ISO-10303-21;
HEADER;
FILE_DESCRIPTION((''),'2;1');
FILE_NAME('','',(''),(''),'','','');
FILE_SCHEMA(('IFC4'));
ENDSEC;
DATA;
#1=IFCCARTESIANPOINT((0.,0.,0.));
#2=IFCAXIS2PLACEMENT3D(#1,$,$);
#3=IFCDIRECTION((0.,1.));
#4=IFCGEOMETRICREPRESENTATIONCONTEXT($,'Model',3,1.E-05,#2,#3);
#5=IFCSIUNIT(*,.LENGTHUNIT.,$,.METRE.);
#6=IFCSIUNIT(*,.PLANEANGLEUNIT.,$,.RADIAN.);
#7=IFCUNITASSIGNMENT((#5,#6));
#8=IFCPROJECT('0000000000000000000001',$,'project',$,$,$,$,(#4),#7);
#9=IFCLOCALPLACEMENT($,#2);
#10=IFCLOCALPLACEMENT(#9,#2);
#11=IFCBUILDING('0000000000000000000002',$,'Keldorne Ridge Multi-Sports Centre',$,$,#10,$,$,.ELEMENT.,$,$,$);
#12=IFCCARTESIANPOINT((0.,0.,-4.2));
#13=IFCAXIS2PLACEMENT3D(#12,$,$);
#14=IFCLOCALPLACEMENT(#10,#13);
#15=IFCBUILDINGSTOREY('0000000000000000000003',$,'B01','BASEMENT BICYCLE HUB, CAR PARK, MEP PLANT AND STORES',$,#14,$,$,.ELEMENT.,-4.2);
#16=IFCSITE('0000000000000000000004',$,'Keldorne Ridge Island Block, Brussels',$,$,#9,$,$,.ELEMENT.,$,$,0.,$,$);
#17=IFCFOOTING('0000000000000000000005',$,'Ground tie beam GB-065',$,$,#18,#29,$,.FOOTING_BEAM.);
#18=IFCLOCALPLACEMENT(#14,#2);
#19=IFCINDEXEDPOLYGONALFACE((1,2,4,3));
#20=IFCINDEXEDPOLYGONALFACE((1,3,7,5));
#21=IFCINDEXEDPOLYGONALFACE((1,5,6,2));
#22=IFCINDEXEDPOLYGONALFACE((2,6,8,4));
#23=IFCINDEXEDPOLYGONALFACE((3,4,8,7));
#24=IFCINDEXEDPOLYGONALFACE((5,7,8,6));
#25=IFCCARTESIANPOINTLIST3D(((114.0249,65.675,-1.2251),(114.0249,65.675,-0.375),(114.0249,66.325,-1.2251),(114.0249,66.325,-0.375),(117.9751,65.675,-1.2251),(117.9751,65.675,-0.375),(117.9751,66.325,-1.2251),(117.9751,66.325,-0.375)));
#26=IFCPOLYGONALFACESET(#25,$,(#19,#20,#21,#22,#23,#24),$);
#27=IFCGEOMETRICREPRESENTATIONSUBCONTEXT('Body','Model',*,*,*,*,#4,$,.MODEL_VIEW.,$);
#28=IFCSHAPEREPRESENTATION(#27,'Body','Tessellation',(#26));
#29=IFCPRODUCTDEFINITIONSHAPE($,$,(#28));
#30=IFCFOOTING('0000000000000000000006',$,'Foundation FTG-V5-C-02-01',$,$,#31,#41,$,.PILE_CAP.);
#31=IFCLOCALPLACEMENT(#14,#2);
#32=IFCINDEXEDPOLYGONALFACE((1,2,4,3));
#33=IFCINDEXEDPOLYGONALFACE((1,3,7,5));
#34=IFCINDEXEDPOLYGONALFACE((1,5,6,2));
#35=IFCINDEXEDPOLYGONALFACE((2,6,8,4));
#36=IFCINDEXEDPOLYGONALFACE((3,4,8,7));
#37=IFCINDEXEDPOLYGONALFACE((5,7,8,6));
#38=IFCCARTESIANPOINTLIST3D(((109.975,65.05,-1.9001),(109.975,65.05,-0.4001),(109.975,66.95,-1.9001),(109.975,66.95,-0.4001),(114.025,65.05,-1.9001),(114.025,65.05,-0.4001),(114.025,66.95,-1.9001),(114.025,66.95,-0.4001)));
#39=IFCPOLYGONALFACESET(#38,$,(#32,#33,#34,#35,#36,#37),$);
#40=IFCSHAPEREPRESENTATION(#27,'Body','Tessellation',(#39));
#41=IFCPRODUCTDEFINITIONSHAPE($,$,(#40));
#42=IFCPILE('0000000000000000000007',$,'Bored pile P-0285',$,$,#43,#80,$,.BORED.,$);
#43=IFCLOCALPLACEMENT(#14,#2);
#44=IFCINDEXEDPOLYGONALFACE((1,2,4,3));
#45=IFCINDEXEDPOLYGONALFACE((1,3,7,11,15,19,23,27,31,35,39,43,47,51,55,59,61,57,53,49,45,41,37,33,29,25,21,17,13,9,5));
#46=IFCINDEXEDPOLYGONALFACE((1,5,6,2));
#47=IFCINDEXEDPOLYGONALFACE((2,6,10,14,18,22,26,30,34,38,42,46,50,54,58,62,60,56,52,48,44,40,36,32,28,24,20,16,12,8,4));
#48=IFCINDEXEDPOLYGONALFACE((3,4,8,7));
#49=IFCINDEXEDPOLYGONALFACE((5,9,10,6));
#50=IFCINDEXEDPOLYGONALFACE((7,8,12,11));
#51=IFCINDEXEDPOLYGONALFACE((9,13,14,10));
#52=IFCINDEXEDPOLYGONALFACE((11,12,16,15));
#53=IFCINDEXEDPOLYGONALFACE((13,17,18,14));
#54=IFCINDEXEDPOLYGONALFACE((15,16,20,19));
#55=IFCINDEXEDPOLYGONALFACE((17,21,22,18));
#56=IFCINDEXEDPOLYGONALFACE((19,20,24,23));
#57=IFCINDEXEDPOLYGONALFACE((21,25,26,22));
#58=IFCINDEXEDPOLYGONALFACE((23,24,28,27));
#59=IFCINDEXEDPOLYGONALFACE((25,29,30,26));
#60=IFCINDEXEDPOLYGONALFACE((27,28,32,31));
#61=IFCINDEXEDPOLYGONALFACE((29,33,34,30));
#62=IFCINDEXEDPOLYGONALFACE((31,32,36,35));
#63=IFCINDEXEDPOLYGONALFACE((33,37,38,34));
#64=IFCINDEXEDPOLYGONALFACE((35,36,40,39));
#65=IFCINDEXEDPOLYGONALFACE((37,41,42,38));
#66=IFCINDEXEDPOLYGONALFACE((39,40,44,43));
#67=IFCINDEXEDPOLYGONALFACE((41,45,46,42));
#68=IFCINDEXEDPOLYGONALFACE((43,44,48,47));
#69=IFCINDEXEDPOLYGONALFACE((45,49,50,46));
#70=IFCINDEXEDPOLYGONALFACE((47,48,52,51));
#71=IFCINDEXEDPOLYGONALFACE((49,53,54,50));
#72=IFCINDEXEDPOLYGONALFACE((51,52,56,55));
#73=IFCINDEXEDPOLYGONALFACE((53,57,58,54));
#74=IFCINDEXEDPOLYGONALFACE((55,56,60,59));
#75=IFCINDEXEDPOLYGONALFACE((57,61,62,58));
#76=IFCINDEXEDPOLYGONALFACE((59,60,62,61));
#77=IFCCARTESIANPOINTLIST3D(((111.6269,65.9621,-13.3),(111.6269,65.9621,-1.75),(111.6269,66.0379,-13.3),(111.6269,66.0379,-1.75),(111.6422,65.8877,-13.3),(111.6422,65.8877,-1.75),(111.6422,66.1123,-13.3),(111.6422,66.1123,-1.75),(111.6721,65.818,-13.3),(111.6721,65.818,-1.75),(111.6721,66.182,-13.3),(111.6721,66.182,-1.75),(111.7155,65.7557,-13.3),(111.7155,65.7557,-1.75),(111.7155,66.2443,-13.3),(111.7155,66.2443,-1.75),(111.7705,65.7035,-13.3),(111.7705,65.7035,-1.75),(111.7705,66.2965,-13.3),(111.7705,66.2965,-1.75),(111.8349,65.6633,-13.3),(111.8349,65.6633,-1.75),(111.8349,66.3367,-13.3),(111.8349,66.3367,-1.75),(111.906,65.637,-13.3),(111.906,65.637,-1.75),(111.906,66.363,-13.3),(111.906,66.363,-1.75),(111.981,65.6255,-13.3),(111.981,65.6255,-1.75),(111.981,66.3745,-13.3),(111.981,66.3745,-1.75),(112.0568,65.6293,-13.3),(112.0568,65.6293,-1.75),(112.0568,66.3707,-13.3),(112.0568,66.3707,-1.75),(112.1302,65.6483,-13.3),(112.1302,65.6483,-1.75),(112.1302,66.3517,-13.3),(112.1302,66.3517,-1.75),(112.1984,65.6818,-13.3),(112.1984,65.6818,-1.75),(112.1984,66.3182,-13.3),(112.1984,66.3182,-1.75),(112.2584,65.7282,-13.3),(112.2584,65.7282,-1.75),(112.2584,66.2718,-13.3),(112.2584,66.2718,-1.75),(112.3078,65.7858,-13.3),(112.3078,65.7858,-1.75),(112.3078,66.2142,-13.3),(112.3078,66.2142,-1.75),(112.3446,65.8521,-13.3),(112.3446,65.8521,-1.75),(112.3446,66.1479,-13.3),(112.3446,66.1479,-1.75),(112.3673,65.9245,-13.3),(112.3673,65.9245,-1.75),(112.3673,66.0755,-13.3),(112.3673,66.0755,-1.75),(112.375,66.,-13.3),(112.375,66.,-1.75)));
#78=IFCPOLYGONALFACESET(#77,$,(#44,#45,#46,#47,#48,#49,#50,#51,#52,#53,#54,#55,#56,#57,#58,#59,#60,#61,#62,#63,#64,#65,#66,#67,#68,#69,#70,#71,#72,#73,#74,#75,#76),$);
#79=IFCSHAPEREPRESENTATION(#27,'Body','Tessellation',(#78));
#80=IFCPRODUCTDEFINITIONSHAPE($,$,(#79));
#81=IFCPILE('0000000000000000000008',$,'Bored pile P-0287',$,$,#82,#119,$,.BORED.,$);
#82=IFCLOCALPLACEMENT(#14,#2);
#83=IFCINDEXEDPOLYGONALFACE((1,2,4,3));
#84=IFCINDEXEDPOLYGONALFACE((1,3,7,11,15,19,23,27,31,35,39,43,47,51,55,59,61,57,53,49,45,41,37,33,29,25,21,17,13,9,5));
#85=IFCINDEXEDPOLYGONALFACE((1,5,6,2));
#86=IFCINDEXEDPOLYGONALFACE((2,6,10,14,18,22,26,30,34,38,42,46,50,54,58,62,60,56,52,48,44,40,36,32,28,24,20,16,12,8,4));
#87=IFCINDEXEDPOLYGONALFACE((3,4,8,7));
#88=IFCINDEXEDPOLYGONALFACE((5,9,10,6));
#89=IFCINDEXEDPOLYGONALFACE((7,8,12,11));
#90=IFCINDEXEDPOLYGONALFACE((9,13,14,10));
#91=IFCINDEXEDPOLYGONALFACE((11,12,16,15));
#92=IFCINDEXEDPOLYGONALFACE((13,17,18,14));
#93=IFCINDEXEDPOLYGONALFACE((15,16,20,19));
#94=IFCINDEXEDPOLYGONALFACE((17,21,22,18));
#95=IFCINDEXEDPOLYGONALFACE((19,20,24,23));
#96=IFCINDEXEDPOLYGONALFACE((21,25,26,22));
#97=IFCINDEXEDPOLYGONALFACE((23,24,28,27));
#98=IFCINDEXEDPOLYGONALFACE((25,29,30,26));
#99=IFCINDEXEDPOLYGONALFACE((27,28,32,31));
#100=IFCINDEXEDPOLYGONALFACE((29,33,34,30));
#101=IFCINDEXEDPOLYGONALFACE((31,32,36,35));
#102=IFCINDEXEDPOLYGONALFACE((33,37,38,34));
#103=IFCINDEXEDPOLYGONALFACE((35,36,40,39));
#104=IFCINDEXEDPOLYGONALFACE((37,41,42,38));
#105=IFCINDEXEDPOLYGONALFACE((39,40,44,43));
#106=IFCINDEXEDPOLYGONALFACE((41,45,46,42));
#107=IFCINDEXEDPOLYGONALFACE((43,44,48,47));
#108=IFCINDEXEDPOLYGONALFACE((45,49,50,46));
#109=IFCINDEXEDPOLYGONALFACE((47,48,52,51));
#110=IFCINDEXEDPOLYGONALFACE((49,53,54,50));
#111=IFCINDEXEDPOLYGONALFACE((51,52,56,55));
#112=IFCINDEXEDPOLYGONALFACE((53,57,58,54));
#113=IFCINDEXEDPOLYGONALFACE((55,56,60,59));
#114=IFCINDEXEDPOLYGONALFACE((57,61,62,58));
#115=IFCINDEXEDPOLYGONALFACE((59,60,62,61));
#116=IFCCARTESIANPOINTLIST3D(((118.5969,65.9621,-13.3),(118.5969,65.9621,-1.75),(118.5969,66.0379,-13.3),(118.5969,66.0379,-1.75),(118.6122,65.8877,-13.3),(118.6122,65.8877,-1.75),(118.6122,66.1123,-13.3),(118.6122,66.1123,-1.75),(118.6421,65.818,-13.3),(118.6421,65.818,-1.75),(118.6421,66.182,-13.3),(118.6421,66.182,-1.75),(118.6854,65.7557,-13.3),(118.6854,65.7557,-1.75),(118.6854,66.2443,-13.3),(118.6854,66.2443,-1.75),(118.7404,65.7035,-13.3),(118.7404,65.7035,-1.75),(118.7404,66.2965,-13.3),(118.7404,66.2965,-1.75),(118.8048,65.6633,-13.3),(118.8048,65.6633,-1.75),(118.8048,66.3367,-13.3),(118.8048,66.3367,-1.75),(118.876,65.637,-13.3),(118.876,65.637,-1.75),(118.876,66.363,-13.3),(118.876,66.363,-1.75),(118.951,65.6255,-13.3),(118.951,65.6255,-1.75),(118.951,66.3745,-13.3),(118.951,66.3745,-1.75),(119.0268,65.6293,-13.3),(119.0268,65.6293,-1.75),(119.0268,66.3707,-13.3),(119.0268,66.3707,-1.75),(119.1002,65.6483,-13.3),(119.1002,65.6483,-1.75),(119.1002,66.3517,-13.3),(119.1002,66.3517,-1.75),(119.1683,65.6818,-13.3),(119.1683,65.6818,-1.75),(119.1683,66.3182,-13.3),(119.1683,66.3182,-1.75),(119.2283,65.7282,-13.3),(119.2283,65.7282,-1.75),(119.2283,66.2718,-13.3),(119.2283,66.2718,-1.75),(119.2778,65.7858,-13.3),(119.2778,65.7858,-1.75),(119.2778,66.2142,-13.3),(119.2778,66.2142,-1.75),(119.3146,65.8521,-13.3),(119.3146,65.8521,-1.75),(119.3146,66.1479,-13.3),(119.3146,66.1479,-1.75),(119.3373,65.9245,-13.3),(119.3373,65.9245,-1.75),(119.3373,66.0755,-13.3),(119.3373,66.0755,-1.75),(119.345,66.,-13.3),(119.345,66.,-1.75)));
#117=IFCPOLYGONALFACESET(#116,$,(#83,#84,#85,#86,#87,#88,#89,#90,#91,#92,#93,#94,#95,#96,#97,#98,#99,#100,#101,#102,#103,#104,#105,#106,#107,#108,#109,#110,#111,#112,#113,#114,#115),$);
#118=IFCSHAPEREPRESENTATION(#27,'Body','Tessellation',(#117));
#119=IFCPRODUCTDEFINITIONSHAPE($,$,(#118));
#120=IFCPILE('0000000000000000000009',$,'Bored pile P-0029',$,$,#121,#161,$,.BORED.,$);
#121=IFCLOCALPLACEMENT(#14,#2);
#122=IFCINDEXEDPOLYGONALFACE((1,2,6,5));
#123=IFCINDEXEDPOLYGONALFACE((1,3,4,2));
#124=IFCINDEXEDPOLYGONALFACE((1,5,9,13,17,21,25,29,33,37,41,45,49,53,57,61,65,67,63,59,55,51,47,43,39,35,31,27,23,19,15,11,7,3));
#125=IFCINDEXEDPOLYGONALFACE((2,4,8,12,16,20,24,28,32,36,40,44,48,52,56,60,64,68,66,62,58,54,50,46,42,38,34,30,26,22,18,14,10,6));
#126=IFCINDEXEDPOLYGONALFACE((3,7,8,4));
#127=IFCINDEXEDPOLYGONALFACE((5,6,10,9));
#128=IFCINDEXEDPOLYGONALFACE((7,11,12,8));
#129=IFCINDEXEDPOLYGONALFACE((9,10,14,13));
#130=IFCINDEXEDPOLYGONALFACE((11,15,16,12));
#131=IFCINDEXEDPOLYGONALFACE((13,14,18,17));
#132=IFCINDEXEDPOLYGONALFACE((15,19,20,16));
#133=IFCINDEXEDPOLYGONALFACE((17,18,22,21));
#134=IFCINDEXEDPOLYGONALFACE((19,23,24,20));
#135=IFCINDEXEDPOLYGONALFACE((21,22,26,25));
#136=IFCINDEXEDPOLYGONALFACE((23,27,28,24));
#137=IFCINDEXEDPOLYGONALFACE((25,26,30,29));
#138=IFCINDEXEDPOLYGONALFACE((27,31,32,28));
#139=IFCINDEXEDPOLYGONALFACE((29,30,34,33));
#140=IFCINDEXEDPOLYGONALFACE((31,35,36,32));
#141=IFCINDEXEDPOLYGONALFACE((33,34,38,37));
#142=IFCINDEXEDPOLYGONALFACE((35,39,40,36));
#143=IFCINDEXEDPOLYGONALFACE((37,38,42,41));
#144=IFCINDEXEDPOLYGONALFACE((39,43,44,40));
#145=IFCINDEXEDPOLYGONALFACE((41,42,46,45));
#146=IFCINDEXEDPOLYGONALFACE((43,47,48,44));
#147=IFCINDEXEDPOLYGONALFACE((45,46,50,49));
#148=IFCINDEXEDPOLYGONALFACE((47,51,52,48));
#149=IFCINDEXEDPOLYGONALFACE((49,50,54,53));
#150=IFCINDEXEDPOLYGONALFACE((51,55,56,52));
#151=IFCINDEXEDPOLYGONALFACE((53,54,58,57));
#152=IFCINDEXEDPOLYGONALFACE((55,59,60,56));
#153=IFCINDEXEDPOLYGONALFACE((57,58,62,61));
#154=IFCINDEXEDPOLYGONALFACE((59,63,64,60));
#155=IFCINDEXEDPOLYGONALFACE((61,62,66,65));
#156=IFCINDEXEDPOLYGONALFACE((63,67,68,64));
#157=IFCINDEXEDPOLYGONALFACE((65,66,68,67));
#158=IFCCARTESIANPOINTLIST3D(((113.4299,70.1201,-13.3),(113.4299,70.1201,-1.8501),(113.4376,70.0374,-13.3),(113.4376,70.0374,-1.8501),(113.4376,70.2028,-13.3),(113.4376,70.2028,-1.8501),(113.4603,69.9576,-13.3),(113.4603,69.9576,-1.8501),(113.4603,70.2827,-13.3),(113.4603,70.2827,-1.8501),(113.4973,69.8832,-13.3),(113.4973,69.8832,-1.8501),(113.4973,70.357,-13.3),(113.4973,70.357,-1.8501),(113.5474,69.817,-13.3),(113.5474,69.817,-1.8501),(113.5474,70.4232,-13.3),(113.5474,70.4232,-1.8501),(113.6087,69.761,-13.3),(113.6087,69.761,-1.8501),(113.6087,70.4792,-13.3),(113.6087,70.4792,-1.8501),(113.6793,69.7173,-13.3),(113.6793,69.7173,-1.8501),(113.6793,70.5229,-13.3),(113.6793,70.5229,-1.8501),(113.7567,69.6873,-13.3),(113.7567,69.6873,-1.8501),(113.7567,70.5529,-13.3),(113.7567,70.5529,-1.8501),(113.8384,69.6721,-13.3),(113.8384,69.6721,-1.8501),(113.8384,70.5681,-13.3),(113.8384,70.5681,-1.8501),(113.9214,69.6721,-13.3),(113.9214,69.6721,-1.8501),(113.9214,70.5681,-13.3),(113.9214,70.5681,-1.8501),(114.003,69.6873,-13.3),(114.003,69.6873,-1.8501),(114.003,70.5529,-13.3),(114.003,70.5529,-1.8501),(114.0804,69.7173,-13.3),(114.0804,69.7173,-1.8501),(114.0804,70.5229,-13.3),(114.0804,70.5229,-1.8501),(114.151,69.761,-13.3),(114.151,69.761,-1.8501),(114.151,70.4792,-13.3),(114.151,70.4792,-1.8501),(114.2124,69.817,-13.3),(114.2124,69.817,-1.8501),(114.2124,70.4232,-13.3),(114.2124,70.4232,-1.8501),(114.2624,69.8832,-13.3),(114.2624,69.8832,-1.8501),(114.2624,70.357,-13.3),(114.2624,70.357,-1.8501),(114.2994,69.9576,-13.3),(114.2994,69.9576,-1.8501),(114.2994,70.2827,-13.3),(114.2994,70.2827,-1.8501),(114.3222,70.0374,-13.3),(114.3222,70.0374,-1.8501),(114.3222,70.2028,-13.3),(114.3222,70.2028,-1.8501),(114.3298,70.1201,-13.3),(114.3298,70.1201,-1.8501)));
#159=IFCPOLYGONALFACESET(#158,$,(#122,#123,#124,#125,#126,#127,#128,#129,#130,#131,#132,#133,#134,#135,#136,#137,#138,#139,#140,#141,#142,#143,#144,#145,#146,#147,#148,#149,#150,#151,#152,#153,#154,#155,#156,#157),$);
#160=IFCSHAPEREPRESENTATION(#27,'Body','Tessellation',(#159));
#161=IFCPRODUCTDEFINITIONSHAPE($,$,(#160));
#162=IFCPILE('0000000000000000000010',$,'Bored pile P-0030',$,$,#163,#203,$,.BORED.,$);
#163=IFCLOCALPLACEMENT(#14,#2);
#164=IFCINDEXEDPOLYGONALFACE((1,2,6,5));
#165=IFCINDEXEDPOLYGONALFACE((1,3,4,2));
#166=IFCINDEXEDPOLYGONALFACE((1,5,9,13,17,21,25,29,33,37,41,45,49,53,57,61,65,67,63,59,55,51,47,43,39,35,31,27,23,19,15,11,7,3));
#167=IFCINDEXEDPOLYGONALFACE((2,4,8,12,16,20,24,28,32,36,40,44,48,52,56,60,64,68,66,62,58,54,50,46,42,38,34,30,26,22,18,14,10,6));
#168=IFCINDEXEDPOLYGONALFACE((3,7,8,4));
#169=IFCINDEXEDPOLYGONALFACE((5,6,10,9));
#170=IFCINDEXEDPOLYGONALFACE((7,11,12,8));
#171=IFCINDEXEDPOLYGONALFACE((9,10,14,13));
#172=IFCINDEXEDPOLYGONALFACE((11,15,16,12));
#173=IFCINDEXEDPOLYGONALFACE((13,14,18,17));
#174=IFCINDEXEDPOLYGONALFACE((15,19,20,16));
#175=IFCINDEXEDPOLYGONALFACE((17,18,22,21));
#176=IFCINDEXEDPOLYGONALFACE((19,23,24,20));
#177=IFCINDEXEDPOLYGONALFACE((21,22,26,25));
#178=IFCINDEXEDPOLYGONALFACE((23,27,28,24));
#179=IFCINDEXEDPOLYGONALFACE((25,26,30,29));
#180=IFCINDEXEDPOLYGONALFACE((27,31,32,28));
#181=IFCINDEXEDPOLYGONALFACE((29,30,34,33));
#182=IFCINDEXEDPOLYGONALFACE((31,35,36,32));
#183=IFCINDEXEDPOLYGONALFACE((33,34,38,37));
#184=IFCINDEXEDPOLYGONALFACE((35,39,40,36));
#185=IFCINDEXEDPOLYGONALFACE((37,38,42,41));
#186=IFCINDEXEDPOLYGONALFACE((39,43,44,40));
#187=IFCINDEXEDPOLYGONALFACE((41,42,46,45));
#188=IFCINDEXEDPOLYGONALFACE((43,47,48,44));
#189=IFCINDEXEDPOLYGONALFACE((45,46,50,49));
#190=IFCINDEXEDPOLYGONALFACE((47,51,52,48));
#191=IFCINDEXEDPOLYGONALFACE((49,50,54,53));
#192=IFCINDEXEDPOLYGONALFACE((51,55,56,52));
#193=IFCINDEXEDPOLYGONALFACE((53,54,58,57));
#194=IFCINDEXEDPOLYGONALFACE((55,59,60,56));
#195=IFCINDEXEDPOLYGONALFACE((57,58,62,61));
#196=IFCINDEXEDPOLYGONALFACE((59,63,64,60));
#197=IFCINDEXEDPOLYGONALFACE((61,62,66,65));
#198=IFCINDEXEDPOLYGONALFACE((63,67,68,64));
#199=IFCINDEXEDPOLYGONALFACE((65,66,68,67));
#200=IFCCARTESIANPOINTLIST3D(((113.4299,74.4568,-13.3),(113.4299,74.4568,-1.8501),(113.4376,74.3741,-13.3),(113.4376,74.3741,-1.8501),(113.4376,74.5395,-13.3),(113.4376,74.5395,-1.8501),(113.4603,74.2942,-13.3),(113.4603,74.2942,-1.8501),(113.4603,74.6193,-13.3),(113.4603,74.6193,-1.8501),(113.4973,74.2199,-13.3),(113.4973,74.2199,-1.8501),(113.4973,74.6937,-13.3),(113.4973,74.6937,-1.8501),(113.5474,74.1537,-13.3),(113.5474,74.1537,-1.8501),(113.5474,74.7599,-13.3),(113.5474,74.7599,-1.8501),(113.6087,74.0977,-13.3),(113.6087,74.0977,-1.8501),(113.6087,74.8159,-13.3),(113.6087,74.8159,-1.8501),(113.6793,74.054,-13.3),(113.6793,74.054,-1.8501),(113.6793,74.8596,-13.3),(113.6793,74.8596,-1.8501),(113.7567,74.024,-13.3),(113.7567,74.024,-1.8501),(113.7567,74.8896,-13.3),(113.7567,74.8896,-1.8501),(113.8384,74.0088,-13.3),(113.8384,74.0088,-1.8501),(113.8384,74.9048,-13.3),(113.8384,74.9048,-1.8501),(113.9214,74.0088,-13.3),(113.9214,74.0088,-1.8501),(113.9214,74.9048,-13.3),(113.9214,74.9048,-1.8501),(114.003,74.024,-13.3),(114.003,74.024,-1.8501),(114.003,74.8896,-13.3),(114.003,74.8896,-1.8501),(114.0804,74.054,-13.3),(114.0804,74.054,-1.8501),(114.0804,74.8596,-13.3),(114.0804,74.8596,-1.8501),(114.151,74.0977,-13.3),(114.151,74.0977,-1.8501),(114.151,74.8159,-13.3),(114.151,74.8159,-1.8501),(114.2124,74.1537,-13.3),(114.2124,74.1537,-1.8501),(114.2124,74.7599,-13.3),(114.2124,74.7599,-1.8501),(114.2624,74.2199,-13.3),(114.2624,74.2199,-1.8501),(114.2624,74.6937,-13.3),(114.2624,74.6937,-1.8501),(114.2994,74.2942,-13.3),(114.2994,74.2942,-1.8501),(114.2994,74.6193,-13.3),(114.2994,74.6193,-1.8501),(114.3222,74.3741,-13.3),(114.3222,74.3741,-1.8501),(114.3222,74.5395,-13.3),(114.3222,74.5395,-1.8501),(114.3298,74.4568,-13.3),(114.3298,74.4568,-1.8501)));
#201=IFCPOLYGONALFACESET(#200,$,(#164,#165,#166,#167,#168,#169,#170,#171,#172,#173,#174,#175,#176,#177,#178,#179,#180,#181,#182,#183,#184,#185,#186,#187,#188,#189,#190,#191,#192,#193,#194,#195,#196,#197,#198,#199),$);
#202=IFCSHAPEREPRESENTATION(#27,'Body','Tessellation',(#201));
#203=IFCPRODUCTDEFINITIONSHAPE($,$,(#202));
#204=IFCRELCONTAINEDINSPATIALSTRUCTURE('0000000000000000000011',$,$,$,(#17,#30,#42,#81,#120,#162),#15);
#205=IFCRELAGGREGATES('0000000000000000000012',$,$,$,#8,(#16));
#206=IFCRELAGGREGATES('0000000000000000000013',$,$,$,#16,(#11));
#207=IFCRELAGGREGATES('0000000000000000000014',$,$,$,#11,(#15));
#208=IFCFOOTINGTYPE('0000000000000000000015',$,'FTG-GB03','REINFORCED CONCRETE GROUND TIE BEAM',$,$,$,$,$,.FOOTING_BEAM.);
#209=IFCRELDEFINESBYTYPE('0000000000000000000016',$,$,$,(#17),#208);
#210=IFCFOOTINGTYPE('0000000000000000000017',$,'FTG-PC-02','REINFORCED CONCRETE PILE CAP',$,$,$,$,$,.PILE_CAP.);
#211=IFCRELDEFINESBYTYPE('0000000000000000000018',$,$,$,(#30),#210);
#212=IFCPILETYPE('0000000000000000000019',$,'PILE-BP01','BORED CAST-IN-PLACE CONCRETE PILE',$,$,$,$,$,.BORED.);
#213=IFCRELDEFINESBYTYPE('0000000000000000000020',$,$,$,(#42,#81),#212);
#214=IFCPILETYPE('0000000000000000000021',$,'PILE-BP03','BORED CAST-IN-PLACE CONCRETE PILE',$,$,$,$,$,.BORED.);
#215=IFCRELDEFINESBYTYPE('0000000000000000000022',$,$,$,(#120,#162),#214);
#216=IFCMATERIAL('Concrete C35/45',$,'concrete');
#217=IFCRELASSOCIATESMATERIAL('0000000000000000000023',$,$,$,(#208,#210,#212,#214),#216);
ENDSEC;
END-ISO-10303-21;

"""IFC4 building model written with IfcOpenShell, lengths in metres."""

from ifc_helpers import new_model, si_unit, direction, frame, origin, origin_2d, place, context, subcontext, project, spatial, rectangle, circle, extrude, material, material_profile, profile_set, type_object, element, save


model = new_model("IFC4")

# Units and contexts
model_context = context("Model", 3, precision=1e-05, world=origin(), true_north=direction((0.0, 1.0)))
body_context = subcontext(model_context, "Body", "Model", "MODEL_VIEW")
ifc_project = project(units=[si_unit("LENGTHUNIT", "METRE"), si_unit("PLANEANGLEUNIT", "RADIAN")], contexts=[model_context])

# Site, building, storey
site_placement = place(None, origin())
site = spatial("IfcSite", under=ifc_project, at=site_placement, Name="Keldorne Ridge Island Block, Brussels", CompositionType="ELEMENT", RefElevation=0.0)
building_placement = place(site_placement, origin())
building = spatial("IfcBuilding", under=site, at=building_placement, Name="Keldorne Ridge Multi-Sports Centre", CompositionType="ELEMENT")
storey_placement = place(building_placement, frame((0.0, 0.0, -4.2)))
storey = spatial("IfcBuildingStorey", under=building, at=storey_placement, Name="B01", Description="BASEMENT BICYCLE HUB, CAR PARK, MEP PLANT AND STORES", CompositionType="ELEMENT", Elevation=-4.2)

# Footings
ifc_material_1 = material(Name="Concrete C35/45", Category="concrete")
ifc_material_profile_1 = material_profile(ifc_material_1, rectangle(XDim=0.6499, YDim=0.8501, at=origin_2d()), Name="GB 650x850")
ifc_profile_set_1 = profile_set([ifc_material_profile_1], Name="Concrete C35/45")
footing_type_1 = type_object("IfcFootingType", Name="FTG-GB03", Description="REINFORCED CONCRETE GROUND TIE BEAM", PredefinedType="FOOTING_BEAM", material=ifc_profile_set_1)
footing_1_placement = place(storey_placement, frame((114.0249, 66.0, -0.8), z_axis=(1.0, 0.0, 0.0), x_axis=(0.0, 1.0, 0.0)))
element("IfcFooting", 1, at=footing_1_placement, inside=storey, type_object=footing_type_1, Name="Ground tie beam GB-065", PredefinedType="FOOTING_BEAM", context=body_context, shape_type="SweptSolid", body=[
    extrude(rectangle(XDim=0.6499, YDim=0.8501, at=origin_2d()), origin(), (0.0, 0.0, 1.0), 3.9502),
])
footing_type_2 = type_object("IfcFootingType", Name="FTG-PC-02", Description="REINFORCED CONCRETE PILE CAP", PredefinedType="PILE_CAP", material=ifc_material_1)
footing_2_placement = place(storey_placement, frame((112.0, 66.0, -1.9001), z_axis=(0.0, 0.0, 1.0), x_axis=(1.0, 0.0, 0.0)))
element("IfcFooting", 2, at=footing_2_placement, inside=storey, type_object=footing_type_2, Name="Foundation FTG-V5-C-02-01", PredefinedType="PILE_CAP", context=body_context, shape_type="SweptSolid", body=[
    extrude(rectangle(XDim=4.05, YDim=1.8999, at=origin_2d()), origin(), (0.0, 0.0, 1.0), 1.5),
])

# Piles
ifc_material_profile_2 = material_profile(ifc_material_1, circle(Radius=0.375, at=origin_2d()), Name="BORED PILE D750")
ifc_profile_set_2 = profile_set([ifc_material_profile_2], Name="Concrete C35/45")
pile_type_1 = type_object("IfcPileType", Name="PILE-BP01", Description="BORED CAST-IN-PLACE CONCRETE PILE", PredefinedType="BORED", material=ifc_profile_set_2)
for number, where, z_axis, x_axis, name in (
    (3, (112.0, 66.0, -1.75), (0.0, 0.0, -1.0), (1.0, 0.0, 0.0), "Bored pile P-0285"),
    (4, (118.97, 66.0, -1.75), (0.0, 0.0, -1.0), (1.0, 0.0, 0.0), "Bored pile P-0287"),
):
    element("IfcPile", number, at=place(storey_placement, frame(where, z_axis=z_axis, x_axis=x_axis)), inside=storey, type_object=pile_type_1, Name=name, PredefinedType="BORED", context=body_context, shape_type="SweptSolid", body=[
        extrude(circle(Radius=0.375, at=origin_2d()), origin(), (0.0, 0.0, 1.0), 11.55),
    ])
ifc_material_profile_3 = material_profile(ifc_material_1, circle(Radius=0.45, at=origin_2d()), Name="BORED PILE D900")
ifc_profile_set_3 = profile_set([ifc_material_profile_3], Name="Concrete C35/45")
pile_type_2 = type_object("IfcPileType", Name="PILE-BP03", Description="BORED CAST-IN-PLACE CONCRETE PILE", PredefinedType="BORED", material=ifc_profile_set_3)
for number, where, z_axis, x_axis, name in (
    (5, (113.8799, 70.1201, -1.8501), (0.0, 0.0, -1.0), (1.0, 0.0, 0.0), "Bored pile P-0029"),
    (6, (113.8799, 74.4568, -1.8501), (0.0, 0.0, -1.0), (1.0, 0.0, 0.0), "Bored pile P-0030"),
):
    element("IfcPile", number, at=place(storey_placement, frame(where, z_axis=z_axis, x_axis=x_axis)), inside=storey, type_object=pile_type_2, Name=name, PredefinedType="BORED", context=body_context, shape_type="SweptSolid", body=[
        extrude(circle(Radius=0.45, at=origin_2d()), origin(), (0.0, 0.0, 1.0), 11.45),
    ])

save(model, "model.ifc")
